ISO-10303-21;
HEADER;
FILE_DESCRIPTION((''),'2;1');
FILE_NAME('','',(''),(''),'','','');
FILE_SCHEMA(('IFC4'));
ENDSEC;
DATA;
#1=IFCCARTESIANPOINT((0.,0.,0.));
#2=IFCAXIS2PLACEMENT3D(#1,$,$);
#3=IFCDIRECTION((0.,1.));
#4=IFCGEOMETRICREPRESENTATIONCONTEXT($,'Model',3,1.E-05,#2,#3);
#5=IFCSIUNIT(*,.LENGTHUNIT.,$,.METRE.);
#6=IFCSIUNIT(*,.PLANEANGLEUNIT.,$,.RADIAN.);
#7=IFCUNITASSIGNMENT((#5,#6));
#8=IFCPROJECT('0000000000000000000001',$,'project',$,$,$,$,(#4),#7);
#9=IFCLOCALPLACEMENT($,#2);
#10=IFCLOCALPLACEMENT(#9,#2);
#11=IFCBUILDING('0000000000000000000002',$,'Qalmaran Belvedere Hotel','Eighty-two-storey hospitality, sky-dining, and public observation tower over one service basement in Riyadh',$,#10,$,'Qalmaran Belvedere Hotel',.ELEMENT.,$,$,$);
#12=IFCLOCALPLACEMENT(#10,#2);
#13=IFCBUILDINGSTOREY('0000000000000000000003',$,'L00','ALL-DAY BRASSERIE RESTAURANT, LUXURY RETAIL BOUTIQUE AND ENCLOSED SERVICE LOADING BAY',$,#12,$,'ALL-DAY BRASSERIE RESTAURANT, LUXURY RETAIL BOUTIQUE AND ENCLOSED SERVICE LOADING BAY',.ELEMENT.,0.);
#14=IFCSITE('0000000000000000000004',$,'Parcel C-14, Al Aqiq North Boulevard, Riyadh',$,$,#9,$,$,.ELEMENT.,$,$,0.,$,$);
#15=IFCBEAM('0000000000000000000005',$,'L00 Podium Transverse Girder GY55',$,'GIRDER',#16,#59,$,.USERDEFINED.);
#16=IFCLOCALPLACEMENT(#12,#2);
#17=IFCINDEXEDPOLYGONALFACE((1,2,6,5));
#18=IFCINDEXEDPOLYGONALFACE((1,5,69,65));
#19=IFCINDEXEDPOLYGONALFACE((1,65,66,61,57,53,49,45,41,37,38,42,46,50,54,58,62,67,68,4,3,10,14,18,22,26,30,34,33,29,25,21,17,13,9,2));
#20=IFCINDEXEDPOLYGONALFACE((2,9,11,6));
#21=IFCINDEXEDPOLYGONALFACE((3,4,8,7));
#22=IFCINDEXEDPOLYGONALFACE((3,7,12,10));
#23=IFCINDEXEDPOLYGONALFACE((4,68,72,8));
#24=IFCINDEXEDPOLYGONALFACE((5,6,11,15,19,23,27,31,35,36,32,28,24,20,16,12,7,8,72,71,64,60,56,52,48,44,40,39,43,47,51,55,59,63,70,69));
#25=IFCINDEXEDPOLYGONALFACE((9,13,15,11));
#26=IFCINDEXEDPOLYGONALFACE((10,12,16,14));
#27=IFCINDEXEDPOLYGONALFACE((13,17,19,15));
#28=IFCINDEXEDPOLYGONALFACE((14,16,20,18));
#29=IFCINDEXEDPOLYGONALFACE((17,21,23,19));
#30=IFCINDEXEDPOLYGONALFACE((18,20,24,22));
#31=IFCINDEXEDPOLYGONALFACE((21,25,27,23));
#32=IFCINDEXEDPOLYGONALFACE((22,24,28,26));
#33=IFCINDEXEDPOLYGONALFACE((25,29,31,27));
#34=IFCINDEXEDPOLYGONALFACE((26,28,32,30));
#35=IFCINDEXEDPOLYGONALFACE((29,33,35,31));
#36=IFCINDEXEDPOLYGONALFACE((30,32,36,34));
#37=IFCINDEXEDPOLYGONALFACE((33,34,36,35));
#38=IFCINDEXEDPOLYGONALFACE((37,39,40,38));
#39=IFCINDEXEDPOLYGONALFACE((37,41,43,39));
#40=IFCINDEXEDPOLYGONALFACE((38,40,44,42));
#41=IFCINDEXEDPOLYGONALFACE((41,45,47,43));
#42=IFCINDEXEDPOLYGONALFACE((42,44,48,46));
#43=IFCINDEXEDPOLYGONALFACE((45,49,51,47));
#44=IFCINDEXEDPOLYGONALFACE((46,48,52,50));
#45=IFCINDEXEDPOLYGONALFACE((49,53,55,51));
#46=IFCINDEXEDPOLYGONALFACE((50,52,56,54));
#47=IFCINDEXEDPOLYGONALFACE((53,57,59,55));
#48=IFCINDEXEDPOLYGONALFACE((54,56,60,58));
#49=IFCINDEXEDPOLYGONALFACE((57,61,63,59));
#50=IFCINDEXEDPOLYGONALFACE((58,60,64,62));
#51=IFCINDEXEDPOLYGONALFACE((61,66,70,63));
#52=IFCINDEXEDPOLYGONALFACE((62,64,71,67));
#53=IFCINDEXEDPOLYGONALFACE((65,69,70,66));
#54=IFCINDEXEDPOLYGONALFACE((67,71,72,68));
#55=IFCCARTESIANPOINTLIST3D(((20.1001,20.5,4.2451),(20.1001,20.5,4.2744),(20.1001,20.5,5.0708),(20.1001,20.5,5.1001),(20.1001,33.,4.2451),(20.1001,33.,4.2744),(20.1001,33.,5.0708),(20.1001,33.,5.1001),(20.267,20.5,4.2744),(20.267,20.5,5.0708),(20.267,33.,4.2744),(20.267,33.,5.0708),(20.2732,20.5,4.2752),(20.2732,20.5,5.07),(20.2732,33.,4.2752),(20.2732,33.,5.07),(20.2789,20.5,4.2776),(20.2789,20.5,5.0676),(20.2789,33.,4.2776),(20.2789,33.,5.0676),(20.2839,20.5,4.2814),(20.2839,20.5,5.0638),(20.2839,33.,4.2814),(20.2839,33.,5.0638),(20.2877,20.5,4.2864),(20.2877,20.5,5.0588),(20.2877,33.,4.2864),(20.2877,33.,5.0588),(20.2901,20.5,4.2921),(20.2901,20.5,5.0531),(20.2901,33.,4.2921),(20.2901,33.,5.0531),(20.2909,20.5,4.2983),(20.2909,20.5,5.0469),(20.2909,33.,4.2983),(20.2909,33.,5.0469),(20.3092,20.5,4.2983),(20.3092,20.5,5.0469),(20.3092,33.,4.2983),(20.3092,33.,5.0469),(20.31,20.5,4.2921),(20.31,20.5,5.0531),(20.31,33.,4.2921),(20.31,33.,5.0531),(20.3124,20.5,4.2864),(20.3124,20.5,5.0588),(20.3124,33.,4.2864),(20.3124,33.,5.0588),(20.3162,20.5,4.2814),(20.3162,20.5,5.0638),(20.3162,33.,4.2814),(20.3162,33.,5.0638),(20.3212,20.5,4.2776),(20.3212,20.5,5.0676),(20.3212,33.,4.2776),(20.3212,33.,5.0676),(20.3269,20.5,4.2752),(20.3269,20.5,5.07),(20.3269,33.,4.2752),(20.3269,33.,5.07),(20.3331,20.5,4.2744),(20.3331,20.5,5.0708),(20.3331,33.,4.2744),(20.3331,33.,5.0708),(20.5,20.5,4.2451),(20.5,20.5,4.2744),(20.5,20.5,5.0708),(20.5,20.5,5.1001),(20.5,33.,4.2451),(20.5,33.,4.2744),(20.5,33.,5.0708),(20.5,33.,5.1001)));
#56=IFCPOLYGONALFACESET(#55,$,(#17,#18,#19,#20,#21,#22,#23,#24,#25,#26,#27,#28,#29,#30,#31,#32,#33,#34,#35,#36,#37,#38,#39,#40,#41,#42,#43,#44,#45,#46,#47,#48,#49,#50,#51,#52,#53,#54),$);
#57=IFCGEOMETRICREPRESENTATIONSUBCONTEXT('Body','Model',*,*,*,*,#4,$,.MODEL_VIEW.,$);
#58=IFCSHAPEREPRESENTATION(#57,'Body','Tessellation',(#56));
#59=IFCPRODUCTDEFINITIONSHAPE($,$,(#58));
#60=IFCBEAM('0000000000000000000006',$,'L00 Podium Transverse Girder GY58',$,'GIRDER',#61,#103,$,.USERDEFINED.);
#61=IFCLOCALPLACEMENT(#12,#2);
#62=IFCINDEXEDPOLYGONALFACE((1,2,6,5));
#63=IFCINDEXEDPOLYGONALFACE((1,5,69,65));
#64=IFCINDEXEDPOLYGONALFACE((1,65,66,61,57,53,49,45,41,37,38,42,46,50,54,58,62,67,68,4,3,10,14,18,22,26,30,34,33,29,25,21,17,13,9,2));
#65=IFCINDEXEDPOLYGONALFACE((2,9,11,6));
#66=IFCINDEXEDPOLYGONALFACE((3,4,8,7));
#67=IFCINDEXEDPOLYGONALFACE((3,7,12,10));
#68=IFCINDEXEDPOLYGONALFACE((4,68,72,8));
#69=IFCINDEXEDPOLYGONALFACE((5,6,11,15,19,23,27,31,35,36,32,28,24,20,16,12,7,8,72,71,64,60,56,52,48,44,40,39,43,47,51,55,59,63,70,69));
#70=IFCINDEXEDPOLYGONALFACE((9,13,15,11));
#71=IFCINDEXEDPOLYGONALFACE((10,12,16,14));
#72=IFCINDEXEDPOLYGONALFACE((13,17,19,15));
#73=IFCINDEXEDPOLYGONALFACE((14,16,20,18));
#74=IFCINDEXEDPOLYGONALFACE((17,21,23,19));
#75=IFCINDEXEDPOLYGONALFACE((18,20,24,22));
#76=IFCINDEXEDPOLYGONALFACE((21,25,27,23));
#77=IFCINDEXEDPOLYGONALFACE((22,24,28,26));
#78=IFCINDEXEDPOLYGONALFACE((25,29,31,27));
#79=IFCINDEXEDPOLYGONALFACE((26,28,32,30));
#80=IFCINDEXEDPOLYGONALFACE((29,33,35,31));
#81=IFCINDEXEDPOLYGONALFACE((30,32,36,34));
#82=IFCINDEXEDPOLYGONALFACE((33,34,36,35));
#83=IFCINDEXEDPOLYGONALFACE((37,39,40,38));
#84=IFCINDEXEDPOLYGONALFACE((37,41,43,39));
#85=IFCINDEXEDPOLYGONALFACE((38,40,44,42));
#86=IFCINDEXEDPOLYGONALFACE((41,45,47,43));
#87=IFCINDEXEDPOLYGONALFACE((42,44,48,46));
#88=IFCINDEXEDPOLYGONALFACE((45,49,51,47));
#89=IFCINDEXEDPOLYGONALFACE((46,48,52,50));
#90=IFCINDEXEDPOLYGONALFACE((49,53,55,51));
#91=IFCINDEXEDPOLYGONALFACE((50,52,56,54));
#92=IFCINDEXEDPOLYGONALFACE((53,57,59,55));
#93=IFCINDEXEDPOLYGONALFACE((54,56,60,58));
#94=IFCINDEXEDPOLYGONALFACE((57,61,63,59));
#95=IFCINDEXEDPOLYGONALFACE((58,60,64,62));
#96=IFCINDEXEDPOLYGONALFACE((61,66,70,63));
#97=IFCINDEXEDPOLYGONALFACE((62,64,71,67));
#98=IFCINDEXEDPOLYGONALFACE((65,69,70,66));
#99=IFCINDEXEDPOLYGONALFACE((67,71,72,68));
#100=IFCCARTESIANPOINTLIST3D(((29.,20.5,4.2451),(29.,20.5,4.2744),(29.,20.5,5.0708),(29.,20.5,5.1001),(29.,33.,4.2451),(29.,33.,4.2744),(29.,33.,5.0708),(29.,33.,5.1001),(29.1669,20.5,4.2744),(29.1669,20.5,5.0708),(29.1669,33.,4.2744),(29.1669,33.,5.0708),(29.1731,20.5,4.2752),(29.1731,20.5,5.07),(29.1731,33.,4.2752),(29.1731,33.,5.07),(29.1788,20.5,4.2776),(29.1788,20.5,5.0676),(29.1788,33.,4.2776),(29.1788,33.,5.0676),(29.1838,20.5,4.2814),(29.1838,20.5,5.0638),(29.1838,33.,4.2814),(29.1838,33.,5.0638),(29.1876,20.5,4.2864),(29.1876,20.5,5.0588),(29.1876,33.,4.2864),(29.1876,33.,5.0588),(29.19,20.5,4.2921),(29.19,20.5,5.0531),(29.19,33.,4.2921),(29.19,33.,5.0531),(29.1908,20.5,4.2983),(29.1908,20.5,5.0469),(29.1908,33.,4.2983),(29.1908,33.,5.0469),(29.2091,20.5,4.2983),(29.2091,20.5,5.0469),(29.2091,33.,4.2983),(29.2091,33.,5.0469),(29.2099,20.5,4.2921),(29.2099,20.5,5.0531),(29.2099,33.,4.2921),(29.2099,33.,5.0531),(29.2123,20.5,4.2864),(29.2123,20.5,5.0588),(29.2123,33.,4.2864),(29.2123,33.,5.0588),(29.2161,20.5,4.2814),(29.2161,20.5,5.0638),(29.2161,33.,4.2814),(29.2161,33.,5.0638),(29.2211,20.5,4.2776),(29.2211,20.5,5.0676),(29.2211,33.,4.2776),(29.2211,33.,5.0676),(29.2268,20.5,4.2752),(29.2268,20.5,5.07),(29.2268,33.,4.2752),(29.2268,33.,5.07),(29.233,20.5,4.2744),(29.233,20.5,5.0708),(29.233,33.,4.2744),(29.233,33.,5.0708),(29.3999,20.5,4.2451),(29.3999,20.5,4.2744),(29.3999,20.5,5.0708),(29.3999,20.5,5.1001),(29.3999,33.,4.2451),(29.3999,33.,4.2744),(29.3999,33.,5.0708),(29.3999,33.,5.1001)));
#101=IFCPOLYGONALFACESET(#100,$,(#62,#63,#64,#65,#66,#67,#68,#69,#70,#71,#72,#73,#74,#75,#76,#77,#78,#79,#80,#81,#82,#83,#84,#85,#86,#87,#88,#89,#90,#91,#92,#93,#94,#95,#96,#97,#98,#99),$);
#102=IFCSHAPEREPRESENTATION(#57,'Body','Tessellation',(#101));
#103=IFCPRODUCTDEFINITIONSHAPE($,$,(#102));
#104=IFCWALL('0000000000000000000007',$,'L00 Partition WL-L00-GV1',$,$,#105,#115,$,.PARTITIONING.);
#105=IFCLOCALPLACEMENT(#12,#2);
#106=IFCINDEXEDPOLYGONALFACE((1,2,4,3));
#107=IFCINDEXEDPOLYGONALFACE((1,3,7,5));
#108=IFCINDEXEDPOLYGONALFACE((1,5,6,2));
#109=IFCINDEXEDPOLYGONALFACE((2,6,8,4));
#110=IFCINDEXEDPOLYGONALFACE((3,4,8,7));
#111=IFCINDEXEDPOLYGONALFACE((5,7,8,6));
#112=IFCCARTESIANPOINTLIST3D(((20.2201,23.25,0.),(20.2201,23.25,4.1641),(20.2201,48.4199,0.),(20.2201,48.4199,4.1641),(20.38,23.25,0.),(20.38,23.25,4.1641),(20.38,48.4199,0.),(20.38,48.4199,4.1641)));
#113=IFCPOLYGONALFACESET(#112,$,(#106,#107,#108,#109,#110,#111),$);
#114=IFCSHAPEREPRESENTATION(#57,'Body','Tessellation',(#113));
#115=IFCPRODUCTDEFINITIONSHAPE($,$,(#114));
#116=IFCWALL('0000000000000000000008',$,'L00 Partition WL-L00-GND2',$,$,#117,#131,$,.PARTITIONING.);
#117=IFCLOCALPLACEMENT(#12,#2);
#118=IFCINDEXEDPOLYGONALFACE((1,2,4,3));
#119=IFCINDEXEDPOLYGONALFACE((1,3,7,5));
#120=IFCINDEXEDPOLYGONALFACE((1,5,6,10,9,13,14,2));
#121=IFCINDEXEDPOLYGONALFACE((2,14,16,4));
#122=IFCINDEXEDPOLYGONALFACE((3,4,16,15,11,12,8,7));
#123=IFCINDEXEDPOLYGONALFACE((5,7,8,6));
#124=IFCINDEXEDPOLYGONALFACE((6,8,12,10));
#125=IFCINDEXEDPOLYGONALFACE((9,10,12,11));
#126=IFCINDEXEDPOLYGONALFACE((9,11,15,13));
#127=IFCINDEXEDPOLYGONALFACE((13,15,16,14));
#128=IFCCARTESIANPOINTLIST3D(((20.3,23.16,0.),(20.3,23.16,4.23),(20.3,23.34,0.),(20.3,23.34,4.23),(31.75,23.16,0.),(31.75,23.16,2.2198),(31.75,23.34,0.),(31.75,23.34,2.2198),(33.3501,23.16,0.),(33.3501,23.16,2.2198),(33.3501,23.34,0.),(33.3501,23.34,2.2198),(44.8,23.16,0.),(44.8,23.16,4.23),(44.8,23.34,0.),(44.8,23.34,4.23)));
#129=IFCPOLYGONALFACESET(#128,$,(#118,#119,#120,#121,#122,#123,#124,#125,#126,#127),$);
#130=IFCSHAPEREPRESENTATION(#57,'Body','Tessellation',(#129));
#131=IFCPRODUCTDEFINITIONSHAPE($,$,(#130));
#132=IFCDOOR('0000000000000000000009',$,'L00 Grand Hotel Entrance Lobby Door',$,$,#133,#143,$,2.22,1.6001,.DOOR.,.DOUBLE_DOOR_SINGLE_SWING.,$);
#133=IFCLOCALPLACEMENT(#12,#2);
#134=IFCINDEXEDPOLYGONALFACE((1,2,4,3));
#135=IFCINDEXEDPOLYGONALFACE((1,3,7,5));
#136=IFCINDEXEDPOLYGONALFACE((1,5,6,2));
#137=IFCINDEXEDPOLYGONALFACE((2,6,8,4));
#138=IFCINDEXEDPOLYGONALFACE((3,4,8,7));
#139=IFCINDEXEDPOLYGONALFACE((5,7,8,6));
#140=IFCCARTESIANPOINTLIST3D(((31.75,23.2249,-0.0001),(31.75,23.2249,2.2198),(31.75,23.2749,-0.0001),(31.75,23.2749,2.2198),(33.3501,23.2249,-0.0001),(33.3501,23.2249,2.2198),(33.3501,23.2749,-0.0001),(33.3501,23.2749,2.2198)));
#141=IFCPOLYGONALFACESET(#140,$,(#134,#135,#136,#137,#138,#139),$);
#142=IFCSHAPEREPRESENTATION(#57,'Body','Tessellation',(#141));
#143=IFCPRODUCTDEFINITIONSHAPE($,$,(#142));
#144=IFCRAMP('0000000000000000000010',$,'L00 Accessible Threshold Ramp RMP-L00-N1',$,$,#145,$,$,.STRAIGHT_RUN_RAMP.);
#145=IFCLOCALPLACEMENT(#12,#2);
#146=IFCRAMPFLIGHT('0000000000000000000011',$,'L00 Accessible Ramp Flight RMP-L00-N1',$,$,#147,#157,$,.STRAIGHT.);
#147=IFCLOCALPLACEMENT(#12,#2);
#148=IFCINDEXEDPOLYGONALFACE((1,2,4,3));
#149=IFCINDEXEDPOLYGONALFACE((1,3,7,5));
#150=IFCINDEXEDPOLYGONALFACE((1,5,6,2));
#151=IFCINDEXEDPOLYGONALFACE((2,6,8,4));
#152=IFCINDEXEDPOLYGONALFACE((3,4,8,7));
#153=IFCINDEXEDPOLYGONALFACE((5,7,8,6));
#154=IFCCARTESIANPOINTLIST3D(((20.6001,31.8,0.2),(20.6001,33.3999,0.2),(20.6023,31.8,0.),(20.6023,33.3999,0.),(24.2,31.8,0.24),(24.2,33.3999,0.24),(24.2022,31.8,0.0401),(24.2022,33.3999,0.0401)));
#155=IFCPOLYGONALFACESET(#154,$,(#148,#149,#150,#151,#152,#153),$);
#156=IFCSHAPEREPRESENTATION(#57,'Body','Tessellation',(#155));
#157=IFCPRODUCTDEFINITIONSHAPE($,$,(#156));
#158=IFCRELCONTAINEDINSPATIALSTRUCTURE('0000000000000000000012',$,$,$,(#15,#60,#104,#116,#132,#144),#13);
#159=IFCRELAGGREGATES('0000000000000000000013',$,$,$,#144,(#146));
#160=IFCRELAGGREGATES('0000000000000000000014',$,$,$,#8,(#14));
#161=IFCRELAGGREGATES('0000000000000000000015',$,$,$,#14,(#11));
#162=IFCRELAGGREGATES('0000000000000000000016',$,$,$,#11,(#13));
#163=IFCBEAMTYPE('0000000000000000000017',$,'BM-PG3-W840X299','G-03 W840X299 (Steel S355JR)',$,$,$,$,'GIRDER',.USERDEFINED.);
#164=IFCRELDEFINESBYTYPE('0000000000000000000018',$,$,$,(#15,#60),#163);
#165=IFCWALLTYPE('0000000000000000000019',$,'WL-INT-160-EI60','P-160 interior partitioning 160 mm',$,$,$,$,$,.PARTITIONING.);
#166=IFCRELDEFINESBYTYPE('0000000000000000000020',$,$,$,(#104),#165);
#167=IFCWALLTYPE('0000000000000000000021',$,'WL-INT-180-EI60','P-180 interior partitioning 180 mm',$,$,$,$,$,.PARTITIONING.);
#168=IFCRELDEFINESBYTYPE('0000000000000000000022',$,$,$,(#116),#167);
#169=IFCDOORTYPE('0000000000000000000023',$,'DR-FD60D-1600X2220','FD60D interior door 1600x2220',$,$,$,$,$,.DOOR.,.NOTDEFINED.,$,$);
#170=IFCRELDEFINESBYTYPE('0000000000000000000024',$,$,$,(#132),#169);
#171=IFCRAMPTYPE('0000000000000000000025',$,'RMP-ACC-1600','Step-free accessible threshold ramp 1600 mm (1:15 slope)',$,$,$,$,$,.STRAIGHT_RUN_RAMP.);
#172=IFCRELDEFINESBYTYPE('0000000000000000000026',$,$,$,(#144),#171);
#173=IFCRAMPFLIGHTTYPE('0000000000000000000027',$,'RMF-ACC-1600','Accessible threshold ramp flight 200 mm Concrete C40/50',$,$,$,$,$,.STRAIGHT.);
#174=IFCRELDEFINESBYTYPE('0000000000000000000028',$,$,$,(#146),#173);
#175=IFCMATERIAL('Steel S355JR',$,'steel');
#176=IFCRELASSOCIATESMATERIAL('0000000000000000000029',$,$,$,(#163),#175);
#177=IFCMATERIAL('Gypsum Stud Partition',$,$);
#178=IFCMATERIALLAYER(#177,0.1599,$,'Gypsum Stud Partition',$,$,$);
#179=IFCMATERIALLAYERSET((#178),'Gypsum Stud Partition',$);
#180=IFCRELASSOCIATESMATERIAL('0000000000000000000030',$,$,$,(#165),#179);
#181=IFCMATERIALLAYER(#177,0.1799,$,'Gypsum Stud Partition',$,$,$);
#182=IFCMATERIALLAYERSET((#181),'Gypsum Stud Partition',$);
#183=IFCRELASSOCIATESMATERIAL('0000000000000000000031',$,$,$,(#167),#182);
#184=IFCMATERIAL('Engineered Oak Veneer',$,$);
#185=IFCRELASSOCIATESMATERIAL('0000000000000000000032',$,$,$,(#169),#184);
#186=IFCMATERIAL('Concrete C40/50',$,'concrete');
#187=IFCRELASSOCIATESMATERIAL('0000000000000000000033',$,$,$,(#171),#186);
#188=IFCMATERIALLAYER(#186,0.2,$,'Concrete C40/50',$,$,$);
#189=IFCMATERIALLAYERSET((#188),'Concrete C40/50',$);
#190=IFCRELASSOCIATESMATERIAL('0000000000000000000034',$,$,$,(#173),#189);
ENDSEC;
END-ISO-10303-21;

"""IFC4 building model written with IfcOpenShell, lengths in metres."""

from ifc_helpers import new_model, si_unit, direction, frame, frame_2d, origin, origin_2d, place, context, subcontext, project, spatial, polyline, rectangle, i_section, outline, extrude, material, layer, layer_set, material_profile, profile_set, type_object, element, fill, aggregate, save


model = new_model("IFC4")

# Units and contexts
model_context = context("Model", 3, precision=1e-05, world=origin(), true_north=direction((0.0, 1.0)))
body_context = subcontext(model_context, "Body", "Model", "MODEL_VIEW")
ifc_project = project(units=[si_unit("LENGTHUNIT", "METRE"), si_unit("PLANEANGLEUNIT", "RADIAN")], contexts=[model_context])

# Site, building, storey
site_placement = place(None, origin())
site = spatial("IfcSite", under=ifc_project, at=site_placement, Name="Parcel C-14, Al Aqiq North Boulevard, Riyadh", CompositionType="ELEMENT", RefElevation=0.0)
building_placement = place(site_placement, origin())
building = spatial("IfcBuilding", under=site, at=building_placement, Name="Qalmaran Belvedere Hotel", Description="Eighty-two-storey hospitality, sky-dining, and public observation tower over one service basement in Riyadh", LongName="Qalmaran Belvedere Hotel", CompositionType="ELEMENT")
storey_placement = place(building_placement, origin())
storey = spatial("IfcBuildingStorey", under=building, at=storey_placement, Name="L00", Description="ALL-DAY BRASSERIE RESTAURANT, LUXURY RETAIL BOUTIQUE AND ENCLOSED SERVICE LOADING BAY", LongName="ALL-DAY BRASSERIE RESTAURANT, LUXURY RETAIL BOUTIQUE AND ENCLOSED SERVICE LOADING BAY", CompositionType="ELEMENT", Elevation=0.0)

# Beams
ifc_material_1 = material(Name="Steel S355JR", Category="steel")
ifc_material_profile_1 = material_profile(ifc_material_1, i_section(OverallWidth=0.3999, OverallDepth=0.855, WebThickness=0.0183, FlangeThickness=0.0293, FilletRadius=0.0239, at=origin_2d()), Name="W840X299")
ifc_profile_set_1 = profile_set([ifc_material_profile_1], Name="Steel S355JR")
beam_type_1 = type_object("IfcBeamType", Name="BM-PG3-W840X299", Description="G-03 W840X299 (Steel S355JR)", ElementType="GIRDER", PredefinedType="USERDEFINED", material=ifc_profile_set_1)
for number, where, z_axis, x_axis, name in (
    (1, (20.3, 20.5, 4.6726), (0.0, 1.0, 0.0), (-1.0, 0.0, 0.0), "L00 Podium Transverse Girder GY55"),
    (2, (29.2, 20.5, 4.6726), (0.0, 1.0, 0.0), (-1.0, 0.0, 0.0), "L00 Podium Transverse Girder GY58"),
):
    element("IfcBeam", number, at=place(storey_placement, frame(where, z_axis=z_axis, x_axis=x_axis)), inside=storey, type_object=beam_type_1, Name=name, ObjectType="GIRDER", PredefinedType="USERDEFINED", context=body_context, shape_type="SweptSolid", body=[
        extrude(i_section(OverallWidth=0.3999, OverallDepth=0.855, WebThickness=0.0183, FlangeThickness=0.0293, FilletRadius=0.0239, at=origin_2d()), origin(), (0.0, 0.0, 1.0), 12.5),
    ])

# Wall
ifc_material_2 = material(Name="Gypsum Stud Partition")
ifc_layer_1 = layer(ifc_material_2, 0.1599, Name="Gypsum Stud Partition")
ifc_layer_set_1 = layer_set([ifc_layer_1], Name="Gypsum Stud Partition")
wall_type_1 = type_object("IfcWallType", Name="WL-INT-160-EI60", Description="P-160 interior partitioning 160 mm", PredefinedType="PARTITIONING", material=ifc_layer_set_1)
wall_1_placement = place(storey_placement, frame((20.3, 23.25, 0.0), z_axis=(0.0, 0.0, 1.0), x_axis=(0.0, 1.0, 0.0)))
element("IfcWall", 3, at=wall_1_placement, inside=storey, type_object=wall_type_1, Name="L00 Partition WL-L00-GV1", PredefinedType="PARTITIONING", context=body_context, shape_type="SweptSolid", body=[
    extrude(rectangle(XDim=25.1699, YDim=0.1599, at=frame_2d((12.585, 0.0))), origin(), (0.0, 0.0, 1.0), 4.1641),
])

# Wall, opening, door
ifc_layer_2 = layer(ifc_material_2, 0.1799, Name="Gypsum Stud Partition")
ifc_layer_set_2 = layer_set([ifc_layer_2], Name="Gypsum Stud Partition")
wall_type_2 = type_object("IfcWallType", Name="WL-INT-180-EI60", Description="P-180 interior partitioning 180 mm", PredefinedType="PARTITIONING", material=ifc_layer_set_2)
wall_2_placement = place(storey_placement, frame((20.3, 23.25, 0.0), z_axis=(0.0, 0.0, 1.0), x_axis=(1.0, 0.0, 0.0)))
wall_2 = element("IfcWall", 4, at=wall_2_placement, inside=storey, type_object=wall_type_2, Name="L00 Partition WL-L00-GND2", PredefinedType="PARTITIONING", context=body_context, shape_type="SweptSolid", body=[
    extrude(rectangle(XDim=24.5, YDim=0.1799, at=frame_2d((12.25, 0.0))), origin(), (0.0, 0.0, 1.0), 4.23),
])
opening_placement = place(wall_2_placement, frame((11.45, 0.0, 0.0)))
opening = element("IfcOpeningElement", 5, at=opening_placement, cuts=wall_2, PredefinedType="OPENING", context=body_context, shape_type="SweptSolid", body=[
    extrude(rectangle(XDim=1.6001, YDim=2.22, at=frame_2d((0.8, 1.1099))), frame((0.0, 0.1001, 0.0), z_axis=(0.0, -1.0, 0.0), x_axis=(1.0, 0.0, 0.0)), (0.0, 0.0, 1.0), 0.2),
])
ifc_material_3 = material(Name="Engineered Oak Veneer")
door_type = type_object("IfcDoorType", Name="DR-FD60D-1600X2220", Description="FD60D interior door 1600x2220", OperationType="NOTDEFINED", PredefinedType="DOOR", material=ifc_material_3)
door_placement = place(opening_placement, origin())
door = element("IfcDoor", 6, at=door_placement, inside=storey, type_object=door_type, Name="L00 Grand Hotel Entrance Lobby Door", OperationType="DOUBLE_DOOR_SINGLE_SWING", OverallHeight=2.22, OverallWidth=1.6001, PredefinedType="DOOR", context=body_context, shape_type="SweptSolid", body=[
    extrude(rectangle(XDim=1.6001, YDim=2.22, at=frame_2d((0.8, 1.1099))), frame((0.0, 0.0249, 0.0), z_axis=(0.0, -1.0, 0.0), x_axis=(1.0, 0.0, 0.0)), (0.0, 0.0, 1.0), 0.05),
])
fill(opening, door)

# Ramp, ramp flight
ifc_material_4 = material(Name="Concrete C40/50", Category="concrete")
ramp_type = type_object("IfcRampType", Name="RMP-ACC-1600", Description="Step-free accessible threshold ramp 1600 mm (1:15 slope)", PredefinedType="STRAIGHT_RUN_RAMP", material=ifc_material_4)
ramp_placement = place(storey_placement, origin())
ramp = element("IfcRamp", 7, at=ramp_placement, inside=storey, type_object=ramp_type, Name="L00 Accessible Threshold Ramp RMP-L00-N1", PredefinedType="STRAIGHT_RUN_RAMP")
ifc_layer_3 = layer(ifc_material_4, 0.2, Name="Concrete C40/50")
ifc_layer_set_3 = layer_set([ifc_layer_3], Name="Concrete C40/50")
ramp_flight_type = type_object("IfcRampFlightType", Name="RMF-ACC-1600", Description="Accessible threshold ramp flight 200 mm Concrete C40/50", PredefinedType="STRAIGHT", material=ifc_layer_set_3)
ramp_flight_placement = place(storey_placement, frame((20.6001, 31.8, 0.2), z_axis=(-0.011122, 0.0, 0.999938), x_axis=(0.999938, 0.0, 0.011122)))
ramp_flight = element("IfcRampFlight", 8, at=ramp_flight_placement, type_object=ramp_flight_type, Name="L00 Accessible Ramp Flight RMP-L00-N1", PredefinedType="STRAIGHT", context=body_context, shape_type="SweptSolid", body=[
    extrude(outline(polyline([(0.0, 0.0), (3.6001, 0.0), (3.6001, 1.5999), (0.0, 1.5999), (0.0, 0.0)])), origin(), (0.0, 0.0, -1.0), 0.2),
])
aggregate(ramp, [ramp_flight])

save(model, "model.ifc")
